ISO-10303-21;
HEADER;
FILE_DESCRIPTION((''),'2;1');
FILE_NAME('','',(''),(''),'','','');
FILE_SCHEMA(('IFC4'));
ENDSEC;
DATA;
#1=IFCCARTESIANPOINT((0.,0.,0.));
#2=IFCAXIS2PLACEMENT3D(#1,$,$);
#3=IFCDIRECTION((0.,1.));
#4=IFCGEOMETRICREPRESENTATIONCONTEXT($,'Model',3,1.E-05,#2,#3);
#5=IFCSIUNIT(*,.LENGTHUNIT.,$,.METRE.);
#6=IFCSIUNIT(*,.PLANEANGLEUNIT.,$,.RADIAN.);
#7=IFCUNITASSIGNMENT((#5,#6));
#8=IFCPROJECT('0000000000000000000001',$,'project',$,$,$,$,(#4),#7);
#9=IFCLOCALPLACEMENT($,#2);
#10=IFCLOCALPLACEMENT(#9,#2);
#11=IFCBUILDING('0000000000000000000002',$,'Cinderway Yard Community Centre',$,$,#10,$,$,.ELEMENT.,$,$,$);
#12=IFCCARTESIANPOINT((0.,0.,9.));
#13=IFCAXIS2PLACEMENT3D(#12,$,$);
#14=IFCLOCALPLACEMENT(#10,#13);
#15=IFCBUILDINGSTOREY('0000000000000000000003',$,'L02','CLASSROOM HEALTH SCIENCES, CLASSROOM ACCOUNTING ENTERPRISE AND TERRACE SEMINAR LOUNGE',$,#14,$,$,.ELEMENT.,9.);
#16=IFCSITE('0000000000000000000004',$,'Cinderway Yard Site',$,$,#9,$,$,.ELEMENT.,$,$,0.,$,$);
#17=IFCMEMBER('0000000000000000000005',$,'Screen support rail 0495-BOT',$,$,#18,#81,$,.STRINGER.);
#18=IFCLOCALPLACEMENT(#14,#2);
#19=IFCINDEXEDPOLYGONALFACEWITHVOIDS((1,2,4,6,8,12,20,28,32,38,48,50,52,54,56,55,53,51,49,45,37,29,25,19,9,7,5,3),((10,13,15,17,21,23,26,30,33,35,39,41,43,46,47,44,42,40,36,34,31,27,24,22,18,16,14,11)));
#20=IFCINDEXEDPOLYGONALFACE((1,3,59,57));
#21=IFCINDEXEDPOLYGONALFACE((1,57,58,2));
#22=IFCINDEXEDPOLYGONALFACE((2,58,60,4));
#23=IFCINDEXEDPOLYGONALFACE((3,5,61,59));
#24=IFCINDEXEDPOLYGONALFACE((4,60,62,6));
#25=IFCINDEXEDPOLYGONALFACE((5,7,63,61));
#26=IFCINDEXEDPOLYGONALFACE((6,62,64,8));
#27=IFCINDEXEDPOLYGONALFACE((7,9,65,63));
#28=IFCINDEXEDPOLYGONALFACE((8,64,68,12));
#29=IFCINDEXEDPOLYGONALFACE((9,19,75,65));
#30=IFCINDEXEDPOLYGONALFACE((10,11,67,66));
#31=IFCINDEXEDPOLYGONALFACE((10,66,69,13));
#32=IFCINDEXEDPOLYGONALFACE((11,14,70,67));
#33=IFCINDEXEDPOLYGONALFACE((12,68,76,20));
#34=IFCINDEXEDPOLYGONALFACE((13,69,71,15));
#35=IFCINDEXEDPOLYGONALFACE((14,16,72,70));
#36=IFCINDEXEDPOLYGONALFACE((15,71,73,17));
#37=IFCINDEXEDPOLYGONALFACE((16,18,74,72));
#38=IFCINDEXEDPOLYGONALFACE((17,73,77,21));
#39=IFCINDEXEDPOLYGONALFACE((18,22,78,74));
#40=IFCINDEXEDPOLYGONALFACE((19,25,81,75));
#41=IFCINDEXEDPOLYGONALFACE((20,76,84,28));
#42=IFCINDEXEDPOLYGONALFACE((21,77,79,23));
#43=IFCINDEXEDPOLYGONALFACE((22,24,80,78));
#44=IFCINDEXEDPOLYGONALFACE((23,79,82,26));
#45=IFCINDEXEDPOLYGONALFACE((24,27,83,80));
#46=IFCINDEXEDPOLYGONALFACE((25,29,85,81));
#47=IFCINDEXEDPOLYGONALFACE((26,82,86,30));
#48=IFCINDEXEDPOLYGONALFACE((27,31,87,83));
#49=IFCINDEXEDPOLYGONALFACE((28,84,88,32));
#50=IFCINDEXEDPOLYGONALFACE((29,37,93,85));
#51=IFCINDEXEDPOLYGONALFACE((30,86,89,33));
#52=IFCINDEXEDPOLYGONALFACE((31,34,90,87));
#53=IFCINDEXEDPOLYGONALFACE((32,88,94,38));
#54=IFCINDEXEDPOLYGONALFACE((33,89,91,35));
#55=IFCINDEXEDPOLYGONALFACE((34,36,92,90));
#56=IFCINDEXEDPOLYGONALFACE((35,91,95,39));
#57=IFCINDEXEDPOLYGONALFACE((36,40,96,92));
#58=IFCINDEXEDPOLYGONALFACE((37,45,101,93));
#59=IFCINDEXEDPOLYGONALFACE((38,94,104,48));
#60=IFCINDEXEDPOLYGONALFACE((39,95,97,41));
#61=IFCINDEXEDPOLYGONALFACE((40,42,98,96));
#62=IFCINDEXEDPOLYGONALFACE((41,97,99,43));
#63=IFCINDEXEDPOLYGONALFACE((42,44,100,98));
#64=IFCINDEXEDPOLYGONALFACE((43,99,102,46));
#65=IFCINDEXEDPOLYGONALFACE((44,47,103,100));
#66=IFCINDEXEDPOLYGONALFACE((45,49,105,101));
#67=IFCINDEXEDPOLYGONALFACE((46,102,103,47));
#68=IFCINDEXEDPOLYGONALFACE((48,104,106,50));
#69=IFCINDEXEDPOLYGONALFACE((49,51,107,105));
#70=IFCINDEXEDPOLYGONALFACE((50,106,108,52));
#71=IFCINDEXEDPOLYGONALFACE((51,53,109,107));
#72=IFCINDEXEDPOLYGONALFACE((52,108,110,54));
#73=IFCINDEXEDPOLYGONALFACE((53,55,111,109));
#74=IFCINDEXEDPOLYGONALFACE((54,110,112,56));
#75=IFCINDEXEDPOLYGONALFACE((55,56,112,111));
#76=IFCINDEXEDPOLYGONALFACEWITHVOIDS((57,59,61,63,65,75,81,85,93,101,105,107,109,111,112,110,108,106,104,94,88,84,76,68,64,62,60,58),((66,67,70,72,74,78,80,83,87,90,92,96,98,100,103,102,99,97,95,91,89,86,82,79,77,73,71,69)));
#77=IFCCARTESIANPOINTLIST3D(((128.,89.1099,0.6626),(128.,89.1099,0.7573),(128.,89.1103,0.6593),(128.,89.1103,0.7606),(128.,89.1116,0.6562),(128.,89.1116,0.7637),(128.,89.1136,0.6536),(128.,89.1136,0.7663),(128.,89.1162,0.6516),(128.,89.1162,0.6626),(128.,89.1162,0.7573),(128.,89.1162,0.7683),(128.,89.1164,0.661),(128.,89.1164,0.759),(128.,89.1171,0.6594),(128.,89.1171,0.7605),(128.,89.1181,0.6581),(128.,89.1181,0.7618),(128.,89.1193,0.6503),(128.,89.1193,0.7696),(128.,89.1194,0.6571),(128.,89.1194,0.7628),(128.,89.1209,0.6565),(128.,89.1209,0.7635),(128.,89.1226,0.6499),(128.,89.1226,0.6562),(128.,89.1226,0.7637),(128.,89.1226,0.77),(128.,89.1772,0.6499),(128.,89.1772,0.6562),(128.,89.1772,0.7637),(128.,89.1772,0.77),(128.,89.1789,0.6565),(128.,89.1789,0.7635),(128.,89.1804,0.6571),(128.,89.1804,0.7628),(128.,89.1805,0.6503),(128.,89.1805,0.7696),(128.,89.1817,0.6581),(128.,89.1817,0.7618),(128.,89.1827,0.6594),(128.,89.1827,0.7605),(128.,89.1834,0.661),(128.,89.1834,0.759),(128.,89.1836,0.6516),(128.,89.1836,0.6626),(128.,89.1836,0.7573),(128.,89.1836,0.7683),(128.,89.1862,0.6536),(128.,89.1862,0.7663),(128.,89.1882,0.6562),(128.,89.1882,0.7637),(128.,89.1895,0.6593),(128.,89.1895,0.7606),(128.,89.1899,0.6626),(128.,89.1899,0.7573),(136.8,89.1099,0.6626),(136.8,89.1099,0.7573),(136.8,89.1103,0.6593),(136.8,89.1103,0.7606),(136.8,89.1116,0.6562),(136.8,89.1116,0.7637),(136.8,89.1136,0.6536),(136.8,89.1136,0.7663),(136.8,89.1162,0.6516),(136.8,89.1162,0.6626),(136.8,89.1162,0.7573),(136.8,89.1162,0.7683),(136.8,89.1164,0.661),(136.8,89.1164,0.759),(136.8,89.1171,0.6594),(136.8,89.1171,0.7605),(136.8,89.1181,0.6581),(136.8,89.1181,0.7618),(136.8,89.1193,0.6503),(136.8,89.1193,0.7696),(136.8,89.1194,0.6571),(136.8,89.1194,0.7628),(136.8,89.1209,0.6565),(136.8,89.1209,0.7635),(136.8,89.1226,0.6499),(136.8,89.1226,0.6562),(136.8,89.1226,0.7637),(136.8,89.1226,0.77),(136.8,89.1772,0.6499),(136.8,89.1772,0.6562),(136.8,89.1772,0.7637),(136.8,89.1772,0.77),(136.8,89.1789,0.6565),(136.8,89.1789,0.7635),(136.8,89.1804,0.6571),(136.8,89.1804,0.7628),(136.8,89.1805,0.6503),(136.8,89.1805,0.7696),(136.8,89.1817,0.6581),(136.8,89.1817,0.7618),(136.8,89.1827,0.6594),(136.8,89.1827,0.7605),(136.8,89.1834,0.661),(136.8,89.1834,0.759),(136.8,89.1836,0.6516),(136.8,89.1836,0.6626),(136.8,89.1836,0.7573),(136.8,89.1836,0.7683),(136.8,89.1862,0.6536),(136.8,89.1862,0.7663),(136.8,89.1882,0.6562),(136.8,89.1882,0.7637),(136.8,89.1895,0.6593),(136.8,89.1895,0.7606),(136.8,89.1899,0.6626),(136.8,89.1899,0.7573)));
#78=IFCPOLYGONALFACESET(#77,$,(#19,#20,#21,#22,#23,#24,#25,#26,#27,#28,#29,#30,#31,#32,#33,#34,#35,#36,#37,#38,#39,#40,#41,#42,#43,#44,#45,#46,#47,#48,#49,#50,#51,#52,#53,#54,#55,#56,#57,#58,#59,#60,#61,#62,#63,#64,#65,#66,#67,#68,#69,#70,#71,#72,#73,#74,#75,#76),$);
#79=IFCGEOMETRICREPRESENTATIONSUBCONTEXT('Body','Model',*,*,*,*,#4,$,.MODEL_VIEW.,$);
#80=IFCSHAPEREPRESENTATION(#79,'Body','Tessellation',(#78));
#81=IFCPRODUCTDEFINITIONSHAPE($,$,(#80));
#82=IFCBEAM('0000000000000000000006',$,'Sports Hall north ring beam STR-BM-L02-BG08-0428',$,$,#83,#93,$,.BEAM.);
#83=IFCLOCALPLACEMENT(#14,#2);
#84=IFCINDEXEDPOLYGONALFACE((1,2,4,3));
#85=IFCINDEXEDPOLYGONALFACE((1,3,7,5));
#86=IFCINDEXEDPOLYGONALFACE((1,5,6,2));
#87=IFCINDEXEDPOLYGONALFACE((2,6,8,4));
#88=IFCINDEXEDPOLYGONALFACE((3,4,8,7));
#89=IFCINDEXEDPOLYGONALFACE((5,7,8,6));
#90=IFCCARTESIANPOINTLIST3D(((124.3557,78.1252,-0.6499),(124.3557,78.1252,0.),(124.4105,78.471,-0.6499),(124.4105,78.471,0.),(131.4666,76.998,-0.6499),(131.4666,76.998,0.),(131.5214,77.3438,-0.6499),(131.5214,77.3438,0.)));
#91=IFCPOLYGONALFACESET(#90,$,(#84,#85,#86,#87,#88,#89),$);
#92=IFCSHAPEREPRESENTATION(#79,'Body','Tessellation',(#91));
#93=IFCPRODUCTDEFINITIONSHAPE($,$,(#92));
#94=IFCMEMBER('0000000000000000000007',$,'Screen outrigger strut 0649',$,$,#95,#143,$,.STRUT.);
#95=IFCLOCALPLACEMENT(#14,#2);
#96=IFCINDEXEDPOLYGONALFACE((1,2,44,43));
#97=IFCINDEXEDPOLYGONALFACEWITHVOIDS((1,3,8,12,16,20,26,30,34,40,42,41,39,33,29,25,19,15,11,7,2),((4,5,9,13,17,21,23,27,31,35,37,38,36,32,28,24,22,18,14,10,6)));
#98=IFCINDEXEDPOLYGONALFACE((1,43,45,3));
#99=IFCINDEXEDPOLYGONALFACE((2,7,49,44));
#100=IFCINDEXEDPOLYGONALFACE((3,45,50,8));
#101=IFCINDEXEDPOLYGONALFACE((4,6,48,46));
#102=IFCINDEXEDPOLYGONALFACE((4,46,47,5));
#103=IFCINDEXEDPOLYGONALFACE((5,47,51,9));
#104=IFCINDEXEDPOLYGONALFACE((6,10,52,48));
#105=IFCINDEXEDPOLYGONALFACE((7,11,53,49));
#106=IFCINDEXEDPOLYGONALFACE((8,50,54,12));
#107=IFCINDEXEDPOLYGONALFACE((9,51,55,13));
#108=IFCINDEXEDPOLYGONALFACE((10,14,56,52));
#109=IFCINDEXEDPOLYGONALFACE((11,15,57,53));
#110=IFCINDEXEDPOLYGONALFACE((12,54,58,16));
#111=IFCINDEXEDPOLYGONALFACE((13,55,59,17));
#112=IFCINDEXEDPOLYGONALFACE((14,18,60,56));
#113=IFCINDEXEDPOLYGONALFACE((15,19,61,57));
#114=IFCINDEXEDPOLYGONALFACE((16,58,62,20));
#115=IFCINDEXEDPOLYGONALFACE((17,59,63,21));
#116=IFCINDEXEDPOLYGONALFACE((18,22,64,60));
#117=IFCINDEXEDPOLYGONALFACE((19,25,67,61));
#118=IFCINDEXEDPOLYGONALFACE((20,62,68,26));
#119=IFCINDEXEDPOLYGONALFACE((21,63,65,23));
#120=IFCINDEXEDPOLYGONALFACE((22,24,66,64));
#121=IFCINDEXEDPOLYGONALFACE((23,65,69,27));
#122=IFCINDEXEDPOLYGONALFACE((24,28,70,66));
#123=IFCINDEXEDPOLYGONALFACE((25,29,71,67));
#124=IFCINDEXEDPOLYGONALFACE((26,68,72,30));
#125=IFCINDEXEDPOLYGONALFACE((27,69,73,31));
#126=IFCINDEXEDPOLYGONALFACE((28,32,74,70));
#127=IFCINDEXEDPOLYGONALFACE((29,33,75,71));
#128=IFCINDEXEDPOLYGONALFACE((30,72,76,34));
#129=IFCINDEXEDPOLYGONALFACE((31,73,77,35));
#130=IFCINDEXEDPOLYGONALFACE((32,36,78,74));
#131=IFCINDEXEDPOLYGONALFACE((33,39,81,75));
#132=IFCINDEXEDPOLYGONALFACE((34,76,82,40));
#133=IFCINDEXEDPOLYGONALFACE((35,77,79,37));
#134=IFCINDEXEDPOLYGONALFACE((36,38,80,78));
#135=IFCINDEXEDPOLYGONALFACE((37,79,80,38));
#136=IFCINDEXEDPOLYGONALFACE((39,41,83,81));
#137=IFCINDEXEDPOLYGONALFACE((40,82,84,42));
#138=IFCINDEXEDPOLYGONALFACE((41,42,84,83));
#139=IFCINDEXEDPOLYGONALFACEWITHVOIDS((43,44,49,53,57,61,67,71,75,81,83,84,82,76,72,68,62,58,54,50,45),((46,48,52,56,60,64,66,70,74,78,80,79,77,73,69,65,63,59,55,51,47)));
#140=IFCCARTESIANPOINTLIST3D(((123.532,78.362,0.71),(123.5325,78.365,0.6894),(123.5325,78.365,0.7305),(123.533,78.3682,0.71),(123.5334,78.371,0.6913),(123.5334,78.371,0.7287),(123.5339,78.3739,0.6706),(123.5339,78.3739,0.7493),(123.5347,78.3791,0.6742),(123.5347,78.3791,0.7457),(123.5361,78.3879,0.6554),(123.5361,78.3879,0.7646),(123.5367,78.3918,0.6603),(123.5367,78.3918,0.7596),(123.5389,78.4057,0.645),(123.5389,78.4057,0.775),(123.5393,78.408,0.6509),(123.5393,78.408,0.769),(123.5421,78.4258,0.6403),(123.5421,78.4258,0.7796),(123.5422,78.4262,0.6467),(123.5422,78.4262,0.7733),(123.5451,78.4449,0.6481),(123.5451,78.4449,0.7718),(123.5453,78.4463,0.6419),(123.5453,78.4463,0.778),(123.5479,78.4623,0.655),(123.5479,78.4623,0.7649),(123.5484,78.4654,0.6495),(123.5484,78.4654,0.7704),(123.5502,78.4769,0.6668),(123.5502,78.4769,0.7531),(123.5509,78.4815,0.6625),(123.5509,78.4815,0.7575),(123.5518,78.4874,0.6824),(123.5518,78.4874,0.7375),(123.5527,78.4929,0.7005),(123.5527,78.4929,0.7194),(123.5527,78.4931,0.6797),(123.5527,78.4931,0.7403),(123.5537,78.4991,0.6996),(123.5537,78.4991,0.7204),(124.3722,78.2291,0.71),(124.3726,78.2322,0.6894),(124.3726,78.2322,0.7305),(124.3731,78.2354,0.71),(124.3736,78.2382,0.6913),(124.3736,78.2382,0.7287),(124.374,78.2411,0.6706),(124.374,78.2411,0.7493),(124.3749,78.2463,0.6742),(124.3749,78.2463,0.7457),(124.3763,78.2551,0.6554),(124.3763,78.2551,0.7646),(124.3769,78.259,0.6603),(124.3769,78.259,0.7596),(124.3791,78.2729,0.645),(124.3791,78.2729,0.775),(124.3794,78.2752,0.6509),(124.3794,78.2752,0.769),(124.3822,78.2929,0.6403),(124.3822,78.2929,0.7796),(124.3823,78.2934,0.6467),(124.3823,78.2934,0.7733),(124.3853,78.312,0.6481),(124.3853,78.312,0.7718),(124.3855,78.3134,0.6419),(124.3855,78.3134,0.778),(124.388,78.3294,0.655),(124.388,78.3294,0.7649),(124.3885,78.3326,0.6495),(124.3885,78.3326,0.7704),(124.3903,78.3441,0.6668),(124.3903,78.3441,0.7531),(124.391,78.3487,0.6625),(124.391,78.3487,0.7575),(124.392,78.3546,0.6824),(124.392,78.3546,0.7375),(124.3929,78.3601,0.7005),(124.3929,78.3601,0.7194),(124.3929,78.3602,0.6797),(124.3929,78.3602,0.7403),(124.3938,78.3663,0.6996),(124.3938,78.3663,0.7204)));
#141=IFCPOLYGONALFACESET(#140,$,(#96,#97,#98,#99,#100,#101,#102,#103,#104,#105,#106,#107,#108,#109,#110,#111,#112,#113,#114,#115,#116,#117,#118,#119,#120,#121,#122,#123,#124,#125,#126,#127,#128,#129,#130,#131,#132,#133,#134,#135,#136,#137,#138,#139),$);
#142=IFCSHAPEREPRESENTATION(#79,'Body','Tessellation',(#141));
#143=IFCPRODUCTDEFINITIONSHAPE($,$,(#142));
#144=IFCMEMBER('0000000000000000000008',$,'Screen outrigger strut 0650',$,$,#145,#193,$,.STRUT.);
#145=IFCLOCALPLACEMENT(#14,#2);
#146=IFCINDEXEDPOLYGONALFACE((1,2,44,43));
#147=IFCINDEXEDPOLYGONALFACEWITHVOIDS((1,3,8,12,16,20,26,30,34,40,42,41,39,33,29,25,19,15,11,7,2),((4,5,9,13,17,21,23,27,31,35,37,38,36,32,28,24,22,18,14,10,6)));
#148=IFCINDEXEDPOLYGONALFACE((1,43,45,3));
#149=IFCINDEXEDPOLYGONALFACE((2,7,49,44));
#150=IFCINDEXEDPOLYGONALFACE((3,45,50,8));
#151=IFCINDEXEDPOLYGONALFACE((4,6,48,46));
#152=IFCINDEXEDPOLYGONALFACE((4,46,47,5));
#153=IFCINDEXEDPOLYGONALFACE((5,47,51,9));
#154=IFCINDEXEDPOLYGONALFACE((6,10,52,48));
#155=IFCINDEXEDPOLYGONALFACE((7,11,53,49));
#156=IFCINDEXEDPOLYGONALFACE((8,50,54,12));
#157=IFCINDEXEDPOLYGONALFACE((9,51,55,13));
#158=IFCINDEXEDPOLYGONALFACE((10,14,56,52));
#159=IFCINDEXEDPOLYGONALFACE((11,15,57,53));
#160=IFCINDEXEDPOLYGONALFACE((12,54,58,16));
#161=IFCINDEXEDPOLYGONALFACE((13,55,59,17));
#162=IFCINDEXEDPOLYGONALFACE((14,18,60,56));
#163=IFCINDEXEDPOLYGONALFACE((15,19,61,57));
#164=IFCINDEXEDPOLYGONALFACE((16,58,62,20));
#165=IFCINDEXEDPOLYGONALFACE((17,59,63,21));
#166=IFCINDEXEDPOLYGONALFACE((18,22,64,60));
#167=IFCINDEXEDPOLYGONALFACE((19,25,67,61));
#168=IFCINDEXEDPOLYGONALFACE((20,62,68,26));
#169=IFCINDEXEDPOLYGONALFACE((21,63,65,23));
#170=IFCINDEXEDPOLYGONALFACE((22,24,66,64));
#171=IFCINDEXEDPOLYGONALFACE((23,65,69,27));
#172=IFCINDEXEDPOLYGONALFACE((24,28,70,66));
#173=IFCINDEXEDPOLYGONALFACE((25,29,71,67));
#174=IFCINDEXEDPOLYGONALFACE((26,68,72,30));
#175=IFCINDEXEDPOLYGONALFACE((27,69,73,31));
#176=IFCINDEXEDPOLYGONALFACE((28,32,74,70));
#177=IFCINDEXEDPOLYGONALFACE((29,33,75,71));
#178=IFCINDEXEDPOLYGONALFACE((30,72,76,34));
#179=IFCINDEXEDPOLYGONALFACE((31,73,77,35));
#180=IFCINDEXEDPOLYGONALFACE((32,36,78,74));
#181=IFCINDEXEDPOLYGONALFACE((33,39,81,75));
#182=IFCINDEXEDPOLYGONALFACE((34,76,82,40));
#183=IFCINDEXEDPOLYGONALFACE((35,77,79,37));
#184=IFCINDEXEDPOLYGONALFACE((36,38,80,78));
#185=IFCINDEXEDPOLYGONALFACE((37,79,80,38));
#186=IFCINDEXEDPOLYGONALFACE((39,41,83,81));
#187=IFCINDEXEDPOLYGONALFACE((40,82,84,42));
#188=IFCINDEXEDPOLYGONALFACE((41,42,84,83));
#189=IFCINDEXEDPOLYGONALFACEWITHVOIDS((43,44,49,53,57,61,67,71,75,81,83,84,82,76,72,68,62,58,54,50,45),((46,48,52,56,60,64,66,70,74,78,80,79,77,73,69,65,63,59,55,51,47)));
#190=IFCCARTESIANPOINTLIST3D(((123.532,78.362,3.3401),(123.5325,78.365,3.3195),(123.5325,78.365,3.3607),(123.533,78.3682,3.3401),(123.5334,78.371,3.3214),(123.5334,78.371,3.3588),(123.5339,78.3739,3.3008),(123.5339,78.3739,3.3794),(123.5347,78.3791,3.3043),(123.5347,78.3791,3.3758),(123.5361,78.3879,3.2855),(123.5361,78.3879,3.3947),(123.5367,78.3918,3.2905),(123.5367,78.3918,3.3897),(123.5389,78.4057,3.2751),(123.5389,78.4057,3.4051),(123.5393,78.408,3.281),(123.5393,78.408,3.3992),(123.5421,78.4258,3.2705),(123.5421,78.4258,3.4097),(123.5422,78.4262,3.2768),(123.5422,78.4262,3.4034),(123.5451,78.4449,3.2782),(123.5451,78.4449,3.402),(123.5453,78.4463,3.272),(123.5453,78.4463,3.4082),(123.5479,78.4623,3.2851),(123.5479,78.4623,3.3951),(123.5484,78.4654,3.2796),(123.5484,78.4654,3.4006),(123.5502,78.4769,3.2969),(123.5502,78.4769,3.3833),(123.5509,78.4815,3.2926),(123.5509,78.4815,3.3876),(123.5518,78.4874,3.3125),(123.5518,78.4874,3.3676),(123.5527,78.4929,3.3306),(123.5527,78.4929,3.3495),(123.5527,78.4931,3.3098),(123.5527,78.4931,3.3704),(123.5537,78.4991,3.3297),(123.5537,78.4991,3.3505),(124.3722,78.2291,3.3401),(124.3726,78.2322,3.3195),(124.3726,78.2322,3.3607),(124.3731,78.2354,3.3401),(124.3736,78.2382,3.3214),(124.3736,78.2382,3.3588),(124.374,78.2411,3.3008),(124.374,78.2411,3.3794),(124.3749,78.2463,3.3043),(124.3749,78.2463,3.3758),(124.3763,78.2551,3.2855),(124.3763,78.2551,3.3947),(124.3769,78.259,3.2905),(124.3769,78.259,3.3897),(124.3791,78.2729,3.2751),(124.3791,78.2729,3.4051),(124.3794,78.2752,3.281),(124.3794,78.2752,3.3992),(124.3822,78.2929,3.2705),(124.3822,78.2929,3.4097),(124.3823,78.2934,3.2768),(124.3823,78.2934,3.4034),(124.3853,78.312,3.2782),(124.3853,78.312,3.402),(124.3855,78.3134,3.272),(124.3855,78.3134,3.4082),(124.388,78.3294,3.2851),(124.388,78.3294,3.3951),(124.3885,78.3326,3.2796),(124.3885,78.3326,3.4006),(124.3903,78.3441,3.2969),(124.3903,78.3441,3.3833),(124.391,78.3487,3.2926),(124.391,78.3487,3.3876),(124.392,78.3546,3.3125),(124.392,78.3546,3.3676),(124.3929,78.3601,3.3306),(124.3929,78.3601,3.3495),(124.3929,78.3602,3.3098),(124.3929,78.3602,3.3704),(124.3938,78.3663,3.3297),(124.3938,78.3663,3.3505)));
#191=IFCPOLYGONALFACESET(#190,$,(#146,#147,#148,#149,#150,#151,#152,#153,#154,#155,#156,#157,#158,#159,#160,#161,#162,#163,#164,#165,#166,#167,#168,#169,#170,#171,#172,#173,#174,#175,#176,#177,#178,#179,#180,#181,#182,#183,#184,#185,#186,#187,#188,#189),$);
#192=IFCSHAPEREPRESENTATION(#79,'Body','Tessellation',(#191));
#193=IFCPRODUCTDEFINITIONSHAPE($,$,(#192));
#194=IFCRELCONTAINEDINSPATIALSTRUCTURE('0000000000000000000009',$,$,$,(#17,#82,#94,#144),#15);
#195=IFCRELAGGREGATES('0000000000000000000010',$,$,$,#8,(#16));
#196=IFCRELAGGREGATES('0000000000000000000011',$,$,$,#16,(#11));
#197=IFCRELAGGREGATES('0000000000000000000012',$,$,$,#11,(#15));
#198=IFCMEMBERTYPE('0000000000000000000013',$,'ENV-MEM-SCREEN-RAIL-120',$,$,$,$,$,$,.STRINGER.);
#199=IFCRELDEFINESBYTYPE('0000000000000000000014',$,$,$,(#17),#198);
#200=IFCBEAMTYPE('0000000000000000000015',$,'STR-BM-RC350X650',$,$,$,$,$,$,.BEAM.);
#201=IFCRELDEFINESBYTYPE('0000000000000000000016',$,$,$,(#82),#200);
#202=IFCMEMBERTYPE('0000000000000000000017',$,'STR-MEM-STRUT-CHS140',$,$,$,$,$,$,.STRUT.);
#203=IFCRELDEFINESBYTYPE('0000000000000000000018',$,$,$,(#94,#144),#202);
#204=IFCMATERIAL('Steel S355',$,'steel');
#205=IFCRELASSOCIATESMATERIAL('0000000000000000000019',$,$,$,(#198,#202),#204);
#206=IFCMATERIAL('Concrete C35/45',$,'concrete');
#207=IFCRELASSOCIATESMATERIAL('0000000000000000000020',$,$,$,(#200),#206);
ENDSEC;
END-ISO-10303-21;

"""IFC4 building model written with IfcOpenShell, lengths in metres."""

from ifc_helpers import new_model, si_unit, direction, frame, origin, origin_2d, place, context, subcontext, project, spatial, rectangle, hollow_rectangle, hollow_circle, extrude, material, material_profile, profile_set, type_object, element, save


model = new_model("IFC4")

# Units and contexts
model_context = context("Model", 3, precision=1e-05, world=origin(), true_north=direction((0.0, 1.0)))
body_context = subcontext(model_context, "Body", "Model", "MODEL_VIEW")
ifc_project = project(units=[si_unit("LENGTHUNIT", "METRE"), si_unit("PLANEANGLEUNIT", "RADIAN")], contexts=[model_context])

# Site, building, storey
site_placement = place(None, origin())
site = spatial("IfcSite", under=ifc_project, at=site_placement, Name="Cinderway Yard Site", CompositionType="ELEMENT", RefElevation=0.0)
building_placement = place(site_placement, origin())
building = spatial("IfcBuilding", under=site, at=building_placement, Name="Cinderway Yard Community Centre", CompositionType="ELEMENT")
storey_placement = place(building_placement, frame((0.0, 0.0, 9.0)))
storey = spatial("IfcBuildingStorey", under=building, at=storey_placement, Name="L02", Description="CLASSROOM HEALTH SCIENCES, CLASSROOM ACCOUNTING ENTERPRISE AND TERRACE SEMINAR LOUNGE", CompositionType="ELEMENT", Elevation=9.0)

# Member
ifc_material_1 = material(Name="Steel S355", Category="steel")
ifc_material_profile_1 = material_profile(ifc_material_1, hollow_rectangle(XDim=0.0801, YDim=0.1201, WallThickness=0.0063, InnerFilletRadius=0.0063, OuterFilletRadius=0.0127, at=origin_2d()), Name="Steel S355")
ifc_profile_set_1 = profile_set([ifc_material_profile_1], Name="Steel S355")
member_type_1 = type_object("IfcMemberType", Name="ENV-MEM-SCREEN-RAIL-120", PredefinedType="STRINGER", material=ifc_profile_set_1)
member_1_placement = place(storey_placement, frame((128.0, 89.1499, 0.71), z_axis=(1.0, 0.0, 0.0), x_axis=(0.0, 1.0, 0.0)))
element("IfcMember", 1, at=member_1_placement, inside=storey, type_object=member_type_1, Name="Screen support rail 0495-BOT", PredefinedType="STRINGER", context=body_context, shape_type="SweptSolid", body=[
    extrude(hollow_rectangle(XDim=0.0801, YDim=0.1201, WallThickness=0.0063, InnerFilletRadius=0.0063, OuterFilletRadius=0.0127, at=origin_2d()), origin(), (0.0, 0.0, 1.0), 8.8),
])

# Beam
ifc_material_2 = material(Name="Concrete C35/45", Category="concrete")
ifc_material_profile_2 = material_profile(ifc_material_2, rectangle(XDim=0.3501, YDim=0.6499, at=origin_2d()), Name="Concrete C35/45")
ifc_profile_set_2 = profile_set([ifc_material_profile_2], Name="Concrete C35/45")
beam_type = type_object("IfcBeamType", Name="STR-BM-RC350X650", PredefinedType="BEAM", material=ifc_profile_set_2)
beam_placement = place(storey_placement, frame((124.3831, 78.2981, -0.325), z_axis=(0.987668, -0.156563, 0.0), x_axis=(0.156563, 0.987668, 0.0)))
element("IfcBeam", 2, at=beam_placement, inside=storey, type_object=beam_type, Name="Sports Hall north ring beam STR-BM-L02-BG08-0428", PredefinedType="BEAM", context=body_context, shape_type="SweptSolid", body=[
    extrude(rectangle(XDim=0.3501, YDim=0.6499, at=origin_2d()), origin(), (0.0, 0.0, 1.0), 7.1997),
])

# Members
ifc_material_profile_3 = material_profile(ifc_material_1, hollow_circle(Radius=0.0698, WallThickness=0.0063, at=origin_2d()), Name="Steel S355")
ifc_profile_set_3 = profile_set([ifc_material_profile_3], Name="Steel S355")
member_type_2 = type_object("IfcMemberType", Name="STR-MEM-STRUT-CHS140", PredefinedType="STRUT", material=ifc_profile_set_3)
for number, where, z_axis, x_axis, name in (
    (3, (124.3831, 78.2981, 0.71), (-0.987733, 0.156154, 0.0), (-0.156154, -0.987733, 0.0), "Screen outrigger strut 0649"),
    (4, (124.3831, 78.2981, 3.3401), (-0.987733, 0.156154, 0.0), (-0.156154, -0.987733, 0.0), "Screen outrigger strut 0650"),
):
    element("IfcMember", number, at=place(storey_placement, frame(where, z_axis=z_axis, x_axis=x_axis)), inside=storey, type_object=member_type_2, Name=name, PredefinedType="STRUT", context=body_context, shape_type="SweptSolid", body=[
        extrude(hollow_circle(Radius=0.0698, WallThickness=0.0063, at=origin_2d()), origin(), (0.0, 0.0, 1.0), 0.8506),
    ])

save(model, "model.ifc")
